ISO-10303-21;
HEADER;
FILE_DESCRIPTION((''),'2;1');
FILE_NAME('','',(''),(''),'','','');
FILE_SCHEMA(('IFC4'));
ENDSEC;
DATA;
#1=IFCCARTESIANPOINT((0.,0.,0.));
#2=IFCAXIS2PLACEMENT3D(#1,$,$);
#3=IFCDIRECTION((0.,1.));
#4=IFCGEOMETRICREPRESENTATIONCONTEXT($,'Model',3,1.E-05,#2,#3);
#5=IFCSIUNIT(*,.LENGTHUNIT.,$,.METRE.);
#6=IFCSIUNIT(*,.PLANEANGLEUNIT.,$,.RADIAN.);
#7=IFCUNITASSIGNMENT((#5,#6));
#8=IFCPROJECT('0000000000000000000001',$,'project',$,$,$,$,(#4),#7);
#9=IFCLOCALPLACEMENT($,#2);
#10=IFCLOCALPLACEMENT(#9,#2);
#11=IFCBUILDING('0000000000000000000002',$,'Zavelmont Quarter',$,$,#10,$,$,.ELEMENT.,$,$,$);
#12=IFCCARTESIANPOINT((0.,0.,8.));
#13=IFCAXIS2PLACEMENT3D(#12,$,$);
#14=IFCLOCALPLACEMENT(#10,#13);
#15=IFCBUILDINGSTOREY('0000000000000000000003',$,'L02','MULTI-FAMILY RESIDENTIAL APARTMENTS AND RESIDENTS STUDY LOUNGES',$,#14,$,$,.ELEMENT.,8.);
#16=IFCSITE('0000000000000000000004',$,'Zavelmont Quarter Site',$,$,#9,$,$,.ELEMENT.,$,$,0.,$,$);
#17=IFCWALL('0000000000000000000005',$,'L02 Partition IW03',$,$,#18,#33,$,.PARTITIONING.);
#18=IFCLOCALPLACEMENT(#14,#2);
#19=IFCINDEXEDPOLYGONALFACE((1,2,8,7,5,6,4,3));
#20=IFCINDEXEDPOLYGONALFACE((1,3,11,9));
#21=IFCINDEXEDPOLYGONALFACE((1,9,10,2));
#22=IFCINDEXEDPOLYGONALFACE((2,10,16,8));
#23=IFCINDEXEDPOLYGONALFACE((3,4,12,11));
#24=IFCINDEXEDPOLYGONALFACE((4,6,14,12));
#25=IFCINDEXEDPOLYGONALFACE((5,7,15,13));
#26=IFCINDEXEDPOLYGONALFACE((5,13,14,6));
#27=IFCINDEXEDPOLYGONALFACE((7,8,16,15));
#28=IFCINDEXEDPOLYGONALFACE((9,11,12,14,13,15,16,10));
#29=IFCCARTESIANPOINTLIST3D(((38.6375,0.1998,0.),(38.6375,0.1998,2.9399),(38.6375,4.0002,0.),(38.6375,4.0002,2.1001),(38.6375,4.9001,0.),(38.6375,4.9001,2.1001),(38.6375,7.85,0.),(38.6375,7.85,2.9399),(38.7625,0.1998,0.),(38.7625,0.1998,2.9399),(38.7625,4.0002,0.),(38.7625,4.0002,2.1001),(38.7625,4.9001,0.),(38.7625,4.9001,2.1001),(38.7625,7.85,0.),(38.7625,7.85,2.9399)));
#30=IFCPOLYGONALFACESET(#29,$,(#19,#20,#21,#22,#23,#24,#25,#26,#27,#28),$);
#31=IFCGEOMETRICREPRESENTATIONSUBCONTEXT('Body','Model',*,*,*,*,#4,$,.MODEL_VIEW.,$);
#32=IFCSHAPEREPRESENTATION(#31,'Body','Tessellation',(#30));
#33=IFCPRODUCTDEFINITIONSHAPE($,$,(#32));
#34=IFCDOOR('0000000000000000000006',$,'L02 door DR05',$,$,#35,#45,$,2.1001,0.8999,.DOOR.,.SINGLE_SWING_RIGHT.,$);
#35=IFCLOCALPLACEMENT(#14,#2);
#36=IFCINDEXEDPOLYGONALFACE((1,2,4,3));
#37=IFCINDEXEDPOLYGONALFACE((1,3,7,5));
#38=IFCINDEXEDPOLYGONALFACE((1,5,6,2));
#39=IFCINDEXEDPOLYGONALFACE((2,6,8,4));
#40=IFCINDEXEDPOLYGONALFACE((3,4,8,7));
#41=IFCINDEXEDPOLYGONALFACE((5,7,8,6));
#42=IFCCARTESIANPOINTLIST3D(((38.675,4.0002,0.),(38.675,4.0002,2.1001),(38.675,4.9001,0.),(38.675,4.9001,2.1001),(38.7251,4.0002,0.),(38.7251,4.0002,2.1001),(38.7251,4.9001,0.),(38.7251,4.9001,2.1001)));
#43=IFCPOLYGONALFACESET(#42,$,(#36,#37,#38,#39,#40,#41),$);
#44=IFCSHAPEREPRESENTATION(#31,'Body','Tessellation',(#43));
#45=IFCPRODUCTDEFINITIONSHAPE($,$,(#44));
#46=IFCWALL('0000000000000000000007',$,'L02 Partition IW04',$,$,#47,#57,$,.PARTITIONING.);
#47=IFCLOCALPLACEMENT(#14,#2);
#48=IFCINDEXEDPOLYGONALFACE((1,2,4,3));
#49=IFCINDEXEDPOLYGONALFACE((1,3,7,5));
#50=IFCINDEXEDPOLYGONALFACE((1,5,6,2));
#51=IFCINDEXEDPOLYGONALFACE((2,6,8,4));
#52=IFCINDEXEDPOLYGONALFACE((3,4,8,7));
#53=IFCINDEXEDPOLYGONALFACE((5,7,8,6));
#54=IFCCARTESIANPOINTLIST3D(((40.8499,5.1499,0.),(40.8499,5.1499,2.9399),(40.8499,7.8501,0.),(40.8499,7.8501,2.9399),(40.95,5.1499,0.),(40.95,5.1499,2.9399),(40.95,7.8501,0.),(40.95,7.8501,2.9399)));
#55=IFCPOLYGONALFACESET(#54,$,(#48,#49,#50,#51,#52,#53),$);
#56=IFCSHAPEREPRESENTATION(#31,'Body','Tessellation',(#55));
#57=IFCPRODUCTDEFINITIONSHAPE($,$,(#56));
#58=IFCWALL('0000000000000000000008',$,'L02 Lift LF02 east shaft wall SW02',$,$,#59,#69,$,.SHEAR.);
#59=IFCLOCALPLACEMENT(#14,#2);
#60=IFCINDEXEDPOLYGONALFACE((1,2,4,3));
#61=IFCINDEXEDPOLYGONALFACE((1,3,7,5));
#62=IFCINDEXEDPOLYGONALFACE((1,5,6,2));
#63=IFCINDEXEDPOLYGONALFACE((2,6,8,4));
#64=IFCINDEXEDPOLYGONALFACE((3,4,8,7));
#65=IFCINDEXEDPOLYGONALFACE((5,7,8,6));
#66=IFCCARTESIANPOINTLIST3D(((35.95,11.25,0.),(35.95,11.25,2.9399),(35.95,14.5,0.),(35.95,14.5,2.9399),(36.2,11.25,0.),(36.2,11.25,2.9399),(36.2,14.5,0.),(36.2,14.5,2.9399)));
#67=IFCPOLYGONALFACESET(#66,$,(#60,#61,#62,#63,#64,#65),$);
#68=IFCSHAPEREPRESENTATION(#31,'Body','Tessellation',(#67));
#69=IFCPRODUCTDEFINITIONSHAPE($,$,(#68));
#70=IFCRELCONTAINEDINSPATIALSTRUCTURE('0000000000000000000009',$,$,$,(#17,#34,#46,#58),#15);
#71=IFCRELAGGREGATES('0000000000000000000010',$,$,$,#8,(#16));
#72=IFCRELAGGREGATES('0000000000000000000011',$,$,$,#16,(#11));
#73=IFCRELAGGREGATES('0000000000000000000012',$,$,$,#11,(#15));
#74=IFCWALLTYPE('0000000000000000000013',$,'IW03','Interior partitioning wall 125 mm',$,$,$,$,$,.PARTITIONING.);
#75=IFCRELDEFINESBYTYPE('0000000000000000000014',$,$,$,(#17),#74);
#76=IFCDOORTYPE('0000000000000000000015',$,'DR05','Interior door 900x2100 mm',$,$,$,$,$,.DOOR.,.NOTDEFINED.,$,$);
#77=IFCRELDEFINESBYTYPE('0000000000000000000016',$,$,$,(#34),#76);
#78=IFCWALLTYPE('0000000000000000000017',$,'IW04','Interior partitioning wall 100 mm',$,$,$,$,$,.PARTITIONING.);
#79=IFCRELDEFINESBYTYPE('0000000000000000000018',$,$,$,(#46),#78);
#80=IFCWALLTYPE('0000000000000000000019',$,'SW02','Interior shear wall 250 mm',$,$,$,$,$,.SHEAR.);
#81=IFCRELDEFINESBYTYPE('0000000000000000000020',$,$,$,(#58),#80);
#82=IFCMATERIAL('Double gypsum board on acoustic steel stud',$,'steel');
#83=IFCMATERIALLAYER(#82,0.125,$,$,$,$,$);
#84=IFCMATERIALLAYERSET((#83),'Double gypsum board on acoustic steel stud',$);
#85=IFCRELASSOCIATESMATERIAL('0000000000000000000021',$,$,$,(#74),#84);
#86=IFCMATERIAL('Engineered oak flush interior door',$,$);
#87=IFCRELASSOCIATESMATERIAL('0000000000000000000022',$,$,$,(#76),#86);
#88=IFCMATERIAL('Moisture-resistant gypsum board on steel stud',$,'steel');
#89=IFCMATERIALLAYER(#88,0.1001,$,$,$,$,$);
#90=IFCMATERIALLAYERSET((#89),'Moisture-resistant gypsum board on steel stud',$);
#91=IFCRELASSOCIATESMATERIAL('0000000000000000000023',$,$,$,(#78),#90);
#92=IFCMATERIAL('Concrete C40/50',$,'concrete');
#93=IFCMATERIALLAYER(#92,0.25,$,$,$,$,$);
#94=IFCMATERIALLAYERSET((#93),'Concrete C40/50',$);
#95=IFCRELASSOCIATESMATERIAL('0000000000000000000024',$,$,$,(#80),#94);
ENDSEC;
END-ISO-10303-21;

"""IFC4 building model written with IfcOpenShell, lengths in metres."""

from ifc_helpers import new_model, si_unit, direction, frame, frame_2d, origin, place, context, subcontext, project, spatial, rectangle, extrude, material, layer, layer_set, type_object, element, fill, save


model = new_model("IFC4")

# Units and contexts
model_context = context("Model", 3, precision=1e-05, world=origin(), true_north=direction((0.0, 1.0)))
body_context = subcontext(model_context, "Body", "Model", "MODEL_VIEW")
ifc_project = project(units=[si_unit("LENGTHUNIT", "METRE"), si_unit("PLANEANGLEUNIT", "RADIAN")], contexts=[model_context])

# Site, building, storey
site_placement = place(None, origin())
site = spatial("IfcSite", under=ifc_project, at=site_placement, Name="Zavelmont Quarter Site", CompositionType="ELEMENT", RefElevation=0.0)
building_placement = place(site_placement, origin())
building = spatial("IfcBuilding", under=site, at=building_placement, Name="Zavelmont Quarter", CompositionType="ELEMENT")
storey_placement = place(building_placement, frame((0.0, 0.0, 8.0)))
storey = spatial("IfcBuildingStorey", under=building, at=storey_placement, Name="L02", Description="MULTI-FAMILY RESIDENTIAL APARTMENTS AND RESIDENTS STUDY LOUNGES", CompositionType="ELEMENT", Elevation=8.0)

# Shared definitions
ifc_material_1 = material(Name="Concrete C40/50", Category="concrete")

# Wall, opening, door
ifc_material_2 = material(Name="Double gypsum board on acoustic steel stud", Category="steel")
ifc_layer_1 = layer(ifc_material_2, 0.125)
ifc_layer_set_1 = layer_set([ifc_layer_1], Name="Double gypsum board on acoustic steel stud")
wall_type_1 = type_object("IfcWallType", Name="IW03", Description="Interior partitioning wall 125 mm", PredefinedType="PARTITIONING", material=ifc_layer_set_1)
wall_1_placement = place(storey_placement, frame((38.7, 7.8501, 0.0), z_axis=(0.0, 0.0, 1.0), x_axis=(0.0, -1.0, 0.0)))
wall_1 = element("IfcWall", 1, at=wall_1_placement, inside=storey, type_object=wall_type_1, Name="L02 Partition IW03", PredefinedType="PARTITIONING", context=body_context, shape_type="SweptSolid", body=[
    extrude(rectangle(XDim=7.6501, YDim=0.125, at=frame_2d((3.8252, 0.0))), origin(), (0.0, 0.0, 1.0), 2.9399),
])
opening_placement = place(wall_1_placement, frame((2.95, 0.0, 0.0)))
opening = element("IfcOpeningElement", 2, at=opening_placement, cuts=wall_1, PredefinedType="OPENING", context=body_context, shape_type="SweptSolid", body=[
    extrude(rectangle(XDim=0.8999, YDim=2.1001, at=frame_2d((0.45, 1.05))), frame((0.0, 0.0745, 0.0), z_axis=(0.0, -1.0, 0.0), x_axis=(1.0, 0.0, 0.0)), (0.0, 0.0, 1.0), 0.1489),
])
ifc_material_3 = material(Name="Engineered oak flush interior door")
door_type = type_object("IfcDoorType", Name="DR05", Description="Interior door 900x2100 mm", OperationType="NOTDEFINED", PredefinedType="DOOR", material=ifc_material_3)
door_placement = place(opening_placement, frame((0.8999, 0.0, 0.0), z_axis=(0.0, 0.0, 1.0), x_axis=(-1.0, 0.0, 0.0)))
door = element("IfcDoor", 3, at=door_placement, inside=storey, type_object=door_type, Name="L02 door DR05", OperationType="SINGLE_SWING_RIGHT", OverallHeight=2.1001, OverallWidth=0.8999, PredefinedType="DOOR", context=body_context, shape_type="SweptSolid", body=[
    extrude(rectangle(XDim=0.8999, YDim=2.1001, at=frame_2d((0.45, 1.05))), frame((0.0, 0.0249, 0.0), z_axis=(0.0, -1.0, 0.0), x_axis=(1.0, 0.0, 0.0)), (0.0, 0.0, 1.0), 0.05),
])
fill(opening, door)

# Walls
ifc_material_4 = material(Name="Moisture-resistant gypsum board on steel stud", Category="steel")
ifc_layer_2 = layer(ifc_material_4, 0.1001)
ifc_layer_set_2 = layer_set([ifc_layer_2], Name="Moisture-resistant gypsum board on steel stud")
wall_type_2 = type_object("IfcWallType", Name="IW04", Description="Interior partitioning wall 100 mm", PredefinedType="PARTITIONING", material=ifc_layer_set_2)
wall_2_placement = place(storey_placement, frame((40.8999, 7.8501, 0.0), z_axis=(0.0, 0.0, 1.0), x_axis=(0.0, -1.0, 0.0)))
element("IfcWall", 4, at=wall_2_placement, inside=storey, type_object=wall_type_2, Name="L02 Partition IW04", PredefinedType="PARTITIONING", context=body_context, shape_type="SweptSolid", body=[
    extrude(rectangle(XDim=2.7002, YDim=0.1001, at=frame_2d((1.3501, 0.0))), origin(), (0.0, 0.0, 1.0), 2.9399),
])
ifc_layer_3 = layer(ifc_material_1, 0.25)
ifc_layer_set_3 = layer_set([ifc_layer_3], Name="Concrete C40/50")
wall_type_3 = type_object("IfcWallType", Name="SW02", Description="Interior shear wall 250 mm", PredefinedType="SHEAR", material=ifc_layer_set_3)
wall_3_placement = place(storey_placement, frame((36.075, 11.25, 0.0), z_axis=(0.0, 0.0, 1.0), x_axis=(0.0, 1.0, 0.0)))
element("IfcWall", 5, at=wall_3_placement, inside=storey, type_object=wall_type_3, Name="L02 Lift LF02 east shaft wall SW02", PredefinedType="SHEAR", context=body_context, shape_type="SweptSolid", body=[
    extrude(rectangle(XDim=3.25, YDim=0.25, at=frame_2d((1.625, 0.0))), origin(), (0.0, 0.0, 1.0), 2.9399),
])

save(model, "model.ifc")
